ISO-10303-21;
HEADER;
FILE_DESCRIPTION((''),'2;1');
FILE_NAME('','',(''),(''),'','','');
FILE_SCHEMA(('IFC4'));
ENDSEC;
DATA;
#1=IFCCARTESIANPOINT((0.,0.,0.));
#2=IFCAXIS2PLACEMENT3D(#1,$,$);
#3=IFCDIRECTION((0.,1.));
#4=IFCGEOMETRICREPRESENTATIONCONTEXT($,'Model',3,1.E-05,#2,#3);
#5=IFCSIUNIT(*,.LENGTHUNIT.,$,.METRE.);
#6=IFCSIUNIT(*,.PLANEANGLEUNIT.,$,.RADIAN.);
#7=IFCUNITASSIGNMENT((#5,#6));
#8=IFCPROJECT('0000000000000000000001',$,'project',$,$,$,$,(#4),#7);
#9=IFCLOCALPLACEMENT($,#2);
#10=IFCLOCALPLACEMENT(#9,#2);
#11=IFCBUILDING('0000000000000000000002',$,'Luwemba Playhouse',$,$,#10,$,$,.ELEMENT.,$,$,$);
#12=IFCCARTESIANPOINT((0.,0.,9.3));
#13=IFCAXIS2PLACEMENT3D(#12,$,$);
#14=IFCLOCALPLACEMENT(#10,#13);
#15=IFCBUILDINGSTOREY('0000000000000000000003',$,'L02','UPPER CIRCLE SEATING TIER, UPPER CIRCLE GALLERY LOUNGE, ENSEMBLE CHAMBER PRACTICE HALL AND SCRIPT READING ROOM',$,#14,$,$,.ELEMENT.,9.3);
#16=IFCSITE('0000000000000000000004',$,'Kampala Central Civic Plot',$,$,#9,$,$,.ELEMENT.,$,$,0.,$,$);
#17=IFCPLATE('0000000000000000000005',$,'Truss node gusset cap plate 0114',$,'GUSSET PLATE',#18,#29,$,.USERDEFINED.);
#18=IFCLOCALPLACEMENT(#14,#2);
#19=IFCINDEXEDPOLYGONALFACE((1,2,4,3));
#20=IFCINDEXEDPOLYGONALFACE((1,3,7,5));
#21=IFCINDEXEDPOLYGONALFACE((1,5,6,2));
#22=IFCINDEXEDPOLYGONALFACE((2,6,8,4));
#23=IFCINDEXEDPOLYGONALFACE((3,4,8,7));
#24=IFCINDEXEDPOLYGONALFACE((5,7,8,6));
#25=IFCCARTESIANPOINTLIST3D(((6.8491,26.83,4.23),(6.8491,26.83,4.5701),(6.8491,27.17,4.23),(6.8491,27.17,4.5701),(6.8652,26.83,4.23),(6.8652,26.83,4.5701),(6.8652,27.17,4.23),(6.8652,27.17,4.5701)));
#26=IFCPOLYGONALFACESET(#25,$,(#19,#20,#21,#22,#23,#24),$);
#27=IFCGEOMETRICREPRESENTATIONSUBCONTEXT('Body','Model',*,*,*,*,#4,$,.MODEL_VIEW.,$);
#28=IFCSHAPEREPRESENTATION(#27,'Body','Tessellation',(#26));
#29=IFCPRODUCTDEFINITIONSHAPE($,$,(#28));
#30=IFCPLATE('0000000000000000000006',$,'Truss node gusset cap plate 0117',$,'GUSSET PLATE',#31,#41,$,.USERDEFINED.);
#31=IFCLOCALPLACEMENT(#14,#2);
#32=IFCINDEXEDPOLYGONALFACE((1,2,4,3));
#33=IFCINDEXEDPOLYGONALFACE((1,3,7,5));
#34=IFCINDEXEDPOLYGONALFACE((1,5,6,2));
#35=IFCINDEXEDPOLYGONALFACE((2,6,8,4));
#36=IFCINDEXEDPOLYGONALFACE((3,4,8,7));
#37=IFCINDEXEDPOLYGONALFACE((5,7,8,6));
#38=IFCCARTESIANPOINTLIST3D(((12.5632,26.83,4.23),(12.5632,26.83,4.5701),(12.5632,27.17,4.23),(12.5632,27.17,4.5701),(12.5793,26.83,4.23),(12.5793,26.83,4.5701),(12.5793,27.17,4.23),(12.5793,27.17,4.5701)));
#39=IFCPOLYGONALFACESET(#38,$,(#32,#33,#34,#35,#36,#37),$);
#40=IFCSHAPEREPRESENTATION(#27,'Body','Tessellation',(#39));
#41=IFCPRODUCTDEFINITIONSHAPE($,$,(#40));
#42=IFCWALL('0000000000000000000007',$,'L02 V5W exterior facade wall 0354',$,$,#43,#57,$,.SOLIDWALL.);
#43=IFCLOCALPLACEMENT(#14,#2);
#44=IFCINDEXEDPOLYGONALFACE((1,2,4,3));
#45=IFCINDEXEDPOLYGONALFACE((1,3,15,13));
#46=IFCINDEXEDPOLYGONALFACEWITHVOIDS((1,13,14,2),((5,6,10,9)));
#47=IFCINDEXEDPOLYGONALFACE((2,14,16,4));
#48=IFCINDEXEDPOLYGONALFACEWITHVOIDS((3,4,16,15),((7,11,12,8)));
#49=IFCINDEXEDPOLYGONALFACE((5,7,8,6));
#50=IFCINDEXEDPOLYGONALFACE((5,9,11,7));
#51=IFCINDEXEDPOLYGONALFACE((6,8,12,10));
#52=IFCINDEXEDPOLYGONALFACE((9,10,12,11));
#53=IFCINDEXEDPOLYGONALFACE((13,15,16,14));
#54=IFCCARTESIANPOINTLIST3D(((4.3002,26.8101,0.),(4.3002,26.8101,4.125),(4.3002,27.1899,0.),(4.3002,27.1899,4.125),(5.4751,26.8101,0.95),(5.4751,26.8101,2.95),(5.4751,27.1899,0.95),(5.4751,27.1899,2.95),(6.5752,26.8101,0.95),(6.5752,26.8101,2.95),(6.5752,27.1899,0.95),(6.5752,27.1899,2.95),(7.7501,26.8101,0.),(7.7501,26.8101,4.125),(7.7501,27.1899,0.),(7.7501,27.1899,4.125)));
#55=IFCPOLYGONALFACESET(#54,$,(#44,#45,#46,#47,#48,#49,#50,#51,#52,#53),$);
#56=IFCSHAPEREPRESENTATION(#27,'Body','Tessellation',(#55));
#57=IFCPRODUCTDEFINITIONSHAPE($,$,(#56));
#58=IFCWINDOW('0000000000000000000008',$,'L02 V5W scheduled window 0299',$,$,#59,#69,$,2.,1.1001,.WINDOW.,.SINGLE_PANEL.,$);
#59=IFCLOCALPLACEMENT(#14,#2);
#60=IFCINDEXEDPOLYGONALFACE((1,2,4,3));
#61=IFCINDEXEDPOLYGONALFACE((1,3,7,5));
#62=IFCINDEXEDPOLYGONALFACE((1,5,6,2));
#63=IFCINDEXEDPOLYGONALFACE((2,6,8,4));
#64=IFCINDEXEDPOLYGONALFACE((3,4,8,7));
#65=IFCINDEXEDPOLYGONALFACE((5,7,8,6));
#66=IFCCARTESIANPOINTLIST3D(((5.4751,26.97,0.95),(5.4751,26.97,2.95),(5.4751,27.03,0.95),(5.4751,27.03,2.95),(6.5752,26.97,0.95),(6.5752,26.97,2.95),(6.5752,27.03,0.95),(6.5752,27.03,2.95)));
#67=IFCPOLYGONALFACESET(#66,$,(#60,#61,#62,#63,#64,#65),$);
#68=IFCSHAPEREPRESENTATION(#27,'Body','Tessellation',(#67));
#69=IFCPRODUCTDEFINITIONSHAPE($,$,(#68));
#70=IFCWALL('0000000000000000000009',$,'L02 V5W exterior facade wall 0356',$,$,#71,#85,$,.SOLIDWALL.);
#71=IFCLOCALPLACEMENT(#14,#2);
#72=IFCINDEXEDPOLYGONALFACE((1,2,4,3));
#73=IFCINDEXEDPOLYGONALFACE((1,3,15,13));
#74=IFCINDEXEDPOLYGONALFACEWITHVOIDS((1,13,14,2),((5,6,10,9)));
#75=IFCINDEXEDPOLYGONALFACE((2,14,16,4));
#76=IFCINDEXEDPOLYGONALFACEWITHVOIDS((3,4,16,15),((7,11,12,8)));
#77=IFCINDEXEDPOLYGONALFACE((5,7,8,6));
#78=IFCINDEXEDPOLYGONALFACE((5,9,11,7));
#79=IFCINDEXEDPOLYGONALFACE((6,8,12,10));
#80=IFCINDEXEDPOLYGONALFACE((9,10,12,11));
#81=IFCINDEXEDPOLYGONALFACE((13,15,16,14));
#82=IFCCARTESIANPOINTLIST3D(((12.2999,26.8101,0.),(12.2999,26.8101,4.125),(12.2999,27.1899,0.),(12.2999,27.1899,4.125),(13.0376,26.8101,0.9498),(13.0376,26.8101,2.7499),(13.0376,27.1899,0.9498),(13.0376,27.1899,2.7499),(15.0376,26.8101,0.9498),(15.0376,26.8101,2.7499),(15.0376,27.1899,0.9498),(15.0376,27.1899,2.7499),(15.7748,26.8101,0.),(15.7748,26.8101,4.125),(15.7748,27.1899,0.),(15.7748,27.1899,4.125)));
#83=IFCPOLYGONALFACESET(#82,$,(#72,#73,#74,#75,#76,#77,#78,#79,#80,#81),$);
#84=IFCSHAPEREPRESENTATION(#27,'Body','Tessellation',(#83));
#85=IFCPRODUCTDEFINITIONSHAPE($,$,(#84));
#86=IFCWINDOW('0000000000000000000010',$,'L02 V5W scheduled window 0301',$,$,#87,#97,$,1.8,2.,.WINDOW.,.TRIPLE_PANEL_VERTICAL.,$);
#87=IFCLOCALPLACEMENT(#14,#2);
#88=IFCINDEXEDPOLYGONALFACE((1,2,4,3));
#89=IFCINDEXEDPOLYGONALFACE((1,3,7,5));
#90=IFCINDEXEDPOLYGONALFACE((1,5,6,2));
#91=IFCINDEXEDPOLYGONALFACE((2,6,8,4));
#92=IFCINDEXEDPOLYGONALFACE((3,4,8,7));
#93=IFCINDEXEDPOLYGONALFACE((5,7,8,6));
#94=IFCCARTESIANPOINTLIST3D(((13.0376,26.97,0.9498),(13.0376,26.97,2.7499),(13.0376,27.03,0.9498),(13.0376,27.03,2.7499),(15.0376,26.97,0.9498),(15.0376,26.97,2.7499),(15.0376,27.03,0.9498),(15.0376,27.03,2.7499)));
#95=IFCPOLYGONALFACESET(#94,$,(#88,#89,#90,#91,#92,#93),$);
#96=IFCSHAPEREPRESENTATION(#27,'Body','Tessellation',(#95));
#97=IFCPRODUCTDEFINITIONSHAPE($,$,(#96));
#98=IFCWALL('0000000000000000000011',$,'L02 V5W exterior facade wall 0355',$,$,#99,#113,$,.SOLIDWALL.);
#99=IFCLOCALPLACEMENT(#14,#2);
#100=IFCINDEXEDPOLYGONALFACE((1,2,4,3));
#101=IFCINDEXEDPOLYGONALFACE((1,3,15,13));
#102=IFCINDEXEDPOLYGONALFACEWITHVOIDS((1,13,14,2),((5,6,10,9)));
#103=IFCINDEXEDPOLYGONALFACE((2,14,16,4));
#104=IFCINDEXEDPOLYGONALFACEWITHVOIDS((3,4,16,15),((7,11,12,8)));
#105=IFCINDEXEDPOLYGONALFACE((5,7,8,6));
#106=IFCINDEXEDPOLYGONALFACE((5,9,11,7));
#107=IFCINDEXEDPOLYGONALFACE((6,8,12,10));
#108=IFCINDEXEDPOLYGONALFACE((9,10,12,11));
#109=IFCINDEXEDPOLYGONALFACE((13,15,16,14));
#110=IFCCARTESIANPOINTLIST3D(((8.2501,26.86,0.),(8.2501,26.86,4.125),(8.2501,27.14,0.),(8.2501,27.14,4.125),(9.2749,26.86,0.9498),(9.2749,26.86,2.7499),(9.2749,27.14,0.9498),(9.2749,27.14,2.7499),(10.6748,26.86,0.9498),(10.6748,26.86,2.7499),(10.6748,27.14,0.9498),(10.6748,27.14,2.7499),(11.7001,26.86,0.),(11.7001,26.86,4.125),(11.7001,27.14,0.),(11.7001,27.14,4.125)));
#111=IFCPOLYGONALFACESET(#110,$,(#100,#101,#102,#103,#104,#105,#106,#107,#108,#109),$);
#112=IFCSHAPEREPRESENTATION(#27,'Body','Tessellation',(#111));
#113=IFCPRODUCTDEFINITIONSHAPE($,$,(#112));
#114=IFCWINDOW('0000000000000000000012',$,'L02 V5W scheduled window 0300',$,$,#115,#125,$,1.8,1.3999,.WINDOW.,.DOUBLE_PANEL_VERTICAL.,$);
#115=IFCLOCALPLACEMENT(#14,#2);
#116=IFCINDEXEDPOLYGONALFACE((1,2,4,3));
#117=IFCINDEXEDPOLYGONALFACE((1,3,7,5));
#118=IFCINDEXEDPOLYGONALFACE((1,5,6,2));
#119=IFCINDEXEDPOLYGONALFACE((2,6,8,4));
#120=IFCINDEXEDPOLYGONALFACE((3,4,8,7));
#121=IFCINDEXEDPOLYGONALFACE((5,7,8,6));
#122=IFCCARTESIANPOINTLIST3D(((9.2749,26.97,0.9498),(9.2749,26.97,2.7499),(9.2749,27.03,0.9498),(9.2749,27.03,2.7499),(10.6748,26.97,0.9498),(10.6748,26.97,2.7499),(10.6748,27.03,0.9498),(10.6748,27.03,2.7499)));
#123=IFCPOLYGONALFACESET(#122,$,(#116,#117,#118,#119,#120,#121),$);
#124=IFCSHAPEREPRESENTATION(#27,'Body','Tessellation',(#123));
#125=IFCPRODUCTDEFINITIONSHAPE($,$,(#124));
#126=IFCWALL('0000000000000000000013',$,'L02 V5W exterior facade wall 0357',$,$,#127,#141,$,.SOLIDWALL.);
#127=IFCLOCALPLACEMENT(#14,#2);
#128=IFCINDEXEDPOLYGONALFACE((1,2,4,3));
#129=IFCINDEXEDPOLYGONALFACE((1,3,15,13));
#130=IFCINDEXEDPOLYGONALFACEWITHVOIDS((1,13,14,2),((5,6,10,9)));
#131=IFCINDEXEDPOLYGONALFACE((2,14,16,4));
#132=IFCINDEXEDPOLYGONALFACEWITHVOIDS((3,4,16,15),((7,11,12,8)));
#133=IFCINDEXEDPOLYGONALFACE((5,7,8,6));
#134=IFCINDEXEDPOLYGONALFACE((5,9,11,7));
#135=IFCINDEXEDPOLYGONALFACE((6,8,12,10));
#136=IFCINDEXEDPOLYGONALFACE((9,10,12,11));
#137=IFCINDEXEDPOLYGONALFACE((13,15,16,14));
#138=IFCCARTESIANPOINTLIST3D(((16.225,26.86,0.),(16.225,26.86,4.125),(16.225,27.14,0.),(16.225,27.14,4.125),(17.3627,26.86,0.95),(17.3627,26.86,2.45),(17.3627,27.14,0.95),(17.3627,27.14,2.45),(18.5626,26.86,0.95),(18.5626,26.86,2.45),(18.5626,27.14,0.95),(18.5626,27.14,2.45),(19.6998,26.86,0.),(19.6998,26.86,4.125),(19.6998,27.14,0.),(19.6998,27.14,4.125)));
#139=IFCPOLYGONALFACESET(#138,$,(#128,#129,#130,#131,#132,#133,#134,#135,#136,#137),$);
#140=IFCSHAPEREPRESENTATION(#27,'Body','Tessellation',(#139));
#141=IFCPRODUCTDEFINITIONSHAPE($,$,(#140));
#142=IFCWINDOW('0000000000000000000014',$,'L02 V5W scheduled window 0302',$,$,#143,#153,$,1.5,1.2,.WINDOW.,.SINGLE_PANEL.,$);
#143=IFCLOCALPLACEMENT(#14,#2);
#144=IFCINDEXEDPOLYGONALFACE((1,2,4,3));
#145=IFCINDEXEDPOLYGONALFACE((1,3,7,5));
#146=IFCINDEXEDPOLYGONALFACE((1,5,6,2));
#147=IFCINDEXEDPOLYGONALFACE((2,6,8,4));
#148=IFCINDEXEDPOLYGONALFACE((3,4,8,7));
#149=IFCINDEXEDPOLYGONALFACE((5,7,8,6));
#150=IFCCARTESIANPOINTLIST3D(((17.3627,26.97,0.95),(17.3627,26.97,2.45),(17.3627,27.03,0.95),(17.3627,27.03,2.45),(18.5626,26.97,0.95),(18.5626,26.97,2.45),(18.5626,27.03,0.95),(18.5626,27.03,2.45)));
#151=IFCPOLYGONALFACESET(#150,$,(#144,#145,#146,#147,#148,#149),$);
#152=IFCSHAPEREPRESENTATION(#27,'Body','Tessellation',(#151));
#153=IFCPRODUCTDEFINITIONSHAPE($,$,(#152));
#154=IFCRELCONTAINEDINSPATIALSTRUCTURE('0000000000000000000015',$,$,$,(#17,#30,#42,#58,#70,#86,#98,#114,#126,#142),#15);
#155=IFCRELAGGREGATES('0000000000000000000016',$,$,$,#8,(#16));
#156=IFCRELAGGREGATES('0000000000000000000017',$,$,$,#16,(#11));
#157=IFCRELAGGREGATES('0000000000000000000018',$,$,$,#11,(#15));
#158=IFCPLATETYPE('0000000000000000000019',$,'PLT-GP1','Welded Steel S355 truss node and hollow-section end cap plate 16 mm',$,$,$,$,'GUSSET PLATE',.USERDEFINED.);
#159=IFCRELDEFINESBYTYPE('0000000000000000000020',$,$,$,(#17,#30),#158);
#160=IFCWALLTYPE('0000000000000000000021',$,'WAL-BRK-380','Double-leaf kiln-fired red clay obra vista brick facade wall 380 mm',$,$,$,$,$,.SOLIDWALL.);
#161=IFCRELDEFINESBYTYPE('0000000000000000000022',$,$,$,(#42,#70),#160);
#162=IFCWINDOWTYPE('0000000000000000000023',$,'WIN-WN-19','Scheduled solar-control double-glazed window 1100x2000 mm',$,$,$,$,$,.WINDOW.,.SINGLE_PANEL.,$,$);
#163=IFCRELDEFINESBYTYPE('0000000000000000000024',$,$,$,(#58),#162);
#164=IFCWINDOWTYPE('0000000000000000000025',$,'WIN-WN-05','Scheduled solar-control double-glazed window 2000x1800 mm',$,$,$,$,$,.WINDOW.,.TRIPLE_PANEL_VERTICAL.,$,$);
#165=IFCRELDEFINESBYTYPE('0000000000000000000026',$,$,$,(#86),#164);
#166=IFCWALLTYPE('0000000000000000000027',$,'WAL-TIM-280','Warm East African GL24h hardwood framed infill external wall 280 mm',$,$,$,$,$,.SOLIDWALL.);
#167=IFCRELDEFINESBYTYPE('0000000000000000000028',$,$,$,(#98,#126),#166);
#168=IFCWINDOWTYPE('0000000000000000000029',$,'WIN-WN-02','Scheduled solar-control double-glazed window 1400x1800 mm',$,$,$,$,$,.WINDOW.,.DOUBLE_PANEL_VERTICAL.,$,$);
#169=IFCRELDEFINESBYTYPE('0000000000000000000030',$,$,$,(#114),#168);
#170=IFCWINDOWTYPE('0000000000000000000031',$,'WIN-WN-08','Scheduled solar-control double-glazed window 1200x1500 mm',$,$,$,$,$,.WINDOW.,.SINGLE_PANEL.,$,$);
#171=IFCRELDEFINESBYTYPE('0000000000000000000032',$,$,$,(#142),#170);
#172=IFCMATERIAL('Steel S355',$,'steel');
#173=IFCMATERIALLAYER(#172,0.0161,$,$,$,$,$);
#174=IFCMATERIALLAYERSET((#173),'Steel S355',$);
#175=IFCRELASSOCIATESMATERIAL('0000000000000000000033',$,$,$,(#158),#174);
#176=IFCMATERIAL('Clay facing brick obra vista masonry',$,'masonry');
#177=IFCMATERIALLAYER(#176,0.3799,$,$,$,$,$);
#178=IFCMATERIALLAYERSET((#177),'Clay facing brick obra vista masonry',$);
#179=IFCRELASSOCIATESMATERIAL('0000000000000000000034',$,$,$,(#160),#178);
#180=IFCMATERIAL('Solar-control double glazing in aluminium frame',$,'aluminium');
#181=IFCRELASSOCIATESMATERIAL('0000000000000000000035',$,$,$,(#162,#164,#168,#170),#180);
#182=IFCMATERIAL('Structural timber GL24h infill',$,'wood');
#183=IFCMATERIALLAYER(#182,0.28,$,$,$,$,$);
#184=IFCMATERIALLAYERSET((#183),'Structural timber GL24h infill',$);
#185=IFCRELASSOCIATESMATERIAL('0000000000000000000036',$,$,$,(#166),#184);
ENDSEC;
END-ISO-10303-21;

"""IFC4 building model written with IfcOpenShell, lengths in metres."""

from ifc_helpers import new_model, si_unit, direction, frame, frame_2d, origin, origin_2d, place, context, subcontext, project, spatial, rectangle, extrude, material, layer, layer_set, type_object, element, fill, save


model = new_model("IFC4")

# Units and contexts
model_context = context("Model", 3, precision=1e-05, world=origin(), true_north=direction((0.0, 1.0)))
body_context = subcontext(model_context, "Body", "Model", "MODEL_VIEW")
ifc_project = project(units=[si_unit("LENGTHUNIT", "METRE"), si_unit("PLANEANGLEUNIT", "RADIAN")], contexts=[model_context])

# Site, building, storey
site_placement = place(None, origin())
site = spatial("IfcSite", under=ifc_project, at=site_placement, Name="Kampala Central Civic Plot", CompositionType="ELEMENT", RefElevation=0.0)
building_placement = place(site_placement, origin())
building = spatial("IfcBuilding", under=site, at=building_placement, Name="Luwemba Playhouse", CompositionType="ELEMENT")
storey_placement = place(building_placement, frame((0.0, 0.0, 9.3)))
storey = spatial("IfcBuildingStorey", under=building, at=storey_placement, Name="L02", Description="UPPER CIRCLE SEATING TIER, UPPER CIRCLE GALLERY LOUNGE, ENSEMBLE CHAMBER PRACTICE HALL AND SCRIPT READING ROOM", CompositionType="ELEMENT", Elevation=9.3)

# Shared definitions
ifc_material_1 = material(Name="Steel S355", Category="steel")

# Plates
ifc_layer_1 = layer(ifc_material_1, 0.0161)
ifc_layer_set_1 = layer_set([ifc_layer_1], Name="Steel S355")
plate_type = type_object("IfcPlateType", Name="PLT-GP1", Description="Welded Steel S355 truss node and hollow-section end cap plate 16 mm", ElementType="GUSSET PLATE", PredefinedType="USERDEFINED", material=ifc_layer_set_1)
for number, where, z_axis, x_axis, name in (
    (1, (6.8572, 27.0, 4.23), (0.0, 0.0, 1.0), (1.0, 0.0, 0.0), "Truss node gusset cap plate 0114"),
    (2, (12.5713, 27.0, 4.23), (0.0, 0.0, 1.0), (1.0, 0.0, 0.0), "Truss node gusset cap plate 0117"),
):
    element("IfcPlate", number, at=place(storey_placement, frame(where, z_axis=z_axis, x_axis=x_axis)), inside=storey, type_object=plate_type, Name=name, ObjectType="GUSSET PLATE", PredefinedType="USERDEFINED", context=body_context, shape_type="SweptSolid", body=[
        extrude(rectangle(XDim=0.0161, YDim=0.3401, at=origin_2d()), origin(), (0.0, 0.0, 1.0), 0.3401),
    ])

# Walls, openings, windows
ifc_material_2 = material(Name="Clay facing brick obra vista masonry", Category="masonry")
ifc_layer_2 = layer(ifc_material_2, 0.3799)
ifc_layer_set_2 = layer_set([ifc_layer_2], Name="Clay facing brick obra vista masonry")
wall_type_1 = type_object("IfcWallType", Name="WAL-BRK-380", Description="Double-leaf kiln-fired red clay obra vista brick facade wall 380 mm", PredefinedType="SOLIDWALL", material=ifc_layer_set_2)
wall_1_placement = place(storey_placement, frame((4.3, 27.0, 0.0), z_axis=(0.0, 0.0, 1.0), x_axis=(1.0, 0.0, 0.0)))
wall_1 = element("IfcWall", 3, at=wall_1_placement, inside=storey, type_object=wall_type_1, Name="L02 V5W exterior facade wall 0354", PredefinedType="SOLIDWALL", context=body_context, shape_type="SweptSolid", body=[
    extrude(rectangle(XDim=3.45, YDim=0.3799, at=frame_2d((1.7251, 0.0))), origin(), (0.0, 0.0, 1.0), 4.125),
])
opening_1_placement = place(wall_1_placement, frame((1.175, 0.0, 0.95)))
opening_1 = element("IfcOpeningElement", 4, at=opening_1_placement, cuts=wall_1, PredefinedType="OPENING", context=body_context, shape_type="SweptSolid", body=[
    extrude(rectangle(XDim=1.1001, YDim=2.0, at=frame_2d((0.55, 1.0))), frame((0.0, 0.2, 0.0), z_axis=(0.0, -1.0, 0.0), x_axis=(1.0, 0.0, 0.0)), (0.0, 0.0, 1.0), 0.3999),
])
ifc_material_3 = material(Name="Solar-control double glazing in aluminium frame", Category="aluminium")
window_type_1 = type_object("IfcWindowType", Name="WIN-WN-19", Description="Scheduled solar-control double-glazed window 1100x2000 mm", PartitioningType="SINGLE_PANEL", PredefinedType="WINDOW", material=ifc_material_3)
window_1_placement = place(opening_1_placement, origin())
window_1 = element("IfcWindow", 5, at=window_1_placement, inside=storey, type_object=window_type_1, Name="L02 V5W scheduled window 0299", OverallHeight=2.0, OverallWidth=1.1001, PartitioningType="SINGLE_PANEL", PredefinedType="WINDOW", context=body_context, shape_type="SweptSolid", body=[
    extrude(rectangle(XDim=1.1001, YDim=2.0, at=frame_2d((0.55, 1.0))), frame((0.0, 0.03, 0.0), z_axis=(0.0, -1.0, 0.0), x_axis=(1.0, 0.0, 0.0)), (0.0, 0.0, 1.0), 0.0601),
])
fill(opening_1, window_1)
wall_2_placement = place(storey_placement, frame((12.3, 27.0, 0.0), z_axis=(0.0, 0.0, 1.0), x_axis=(1.0, 0.0, 0.0)))
wall_2 = element("IfcWall", 6, at=wall_2_placement, inside=storey, type_object=wall_type_1, Name="L02 V5W exterior facade wall 0356", PredefinedType="SOLIDWALL", context=body_context, shape_type="SweptSolid", body=[
    extrude(rectangle(XDim=3.4749, YDim=0.3799, at=frame_2d((1.7373, 0.0))), origin(), (0.0, 0.0, 1.0), 4.125),
])
opening_2_placement = place(wall_2_placement, frame((0.7375, 0.0, 0.95)))
opening_2 = element("IfcOpeningElement", 7, at=opening_2_placement, cuts=wall_2, PredefinedType="OPENING", context=body_context, shape_type="SweptSolid", body=[
    extrude(rectangle(XDim=2.0, YDim=1.8, at=frame_2d((1.0, 0.8999))), frame((0.0, 0.2, 0.0), z_axis=(0.0, -1.0, 0.0), x_axis=(1.0, 0.0, 0.0)), (0.0, 0.0, 1.0), 0.3999),
])
window_type_2 = type_object("IfcWindowType", Name="WIN-WN-05", Description="Scheduled solar-control double-glazed window 2000x1800 mm", PartitioningType="TRIPLE_PANEL_VERTICAL", PredefinedType="WINDOW", material=ifc_material_3)
window_2_placement = place(opening_2_placement, origin())
window_2 = element("IfcWindow", 8, at=window_2_placement, inside=storey, type_object=window_type_2, Name="L02 V5W scheduled window 0301", OverallHeight=1.8, OverallWidth=2.0, PartitioningType="TRIPLE_PANEL_VERTICAL", PredefinedType="WINDOW", context=body_context, shape_type="SweptSolid", body=[
    extrude(rectangle(XDim=2.0, YDim=1.8, at=frame_2d((1.0, 0.8999))), frame((0.0, 0.03, 0.0), z_axis=(0.0, -1.0, 0.0), x_axis=(1.0, 0.0, 0.0)), (0.0, 0.0, 1.0), 0.0601),
])
fill(opening_2, window_2)
ifc_material_4 = material(Name="Structural timber GL24h infill", Category="wood")
ifc_layer_3 = layer(ifc_material_4, 0.28)
ifc_layer_set_3 = layer_set([ifc_layer_3], Name="Structural timber GL24h infill")
wall_type_2 = type_object("IfcWallType", Name="WAL-TIM-280", Description="Warm East African GL24h hardwood framed infill external wall 280 mm", PredefinedType="SOLIDWALL", material=ifc_layer_set_3)
wall_3_placement = place(storey_placement, frame((8.25, 27.0, 0.0), z_axis=(0.0, 0.0, 1.0), x_axis=(1.0, 0.0, 0.0)))
wall_3 = element("IfcWall", 9, at=wall_3_placement, inside=storey, type_object=wall_type_2, Name="L02 V5W exterior facade wall 0355", PredefinedType="SOLIDWALL", context=body_context, shape_type="SweptSolid", body=[
    extrude(rectangle(XDim=3.45, YDim=0.28, at=frame_2d((1.7251, 0.0))), origin(), (0.0, 0.0, 1.0), 4.125),
])
opening_3_placement = place(wall_3_placement, frame((1.0249, 0.0, 0.95)))
opening_3 = element("IfcOpeningElement", 10, at=opening_3_placement, cuts=wall_3, PredefinedType="OPENING", context=body_context, shape_type="SweptSolid", body=[
    extrude(rectangle(XDim=1.3999, YDim=1.8, at=frame_2d((0.7, 0.8999))), frame((0.0, 0.1499, 0.0), z_axis=(0.0, -1.0, 0.0), x_axis=(1.0, 0.0, 0.0)), (0.0, 0.0, 1.0), 0.3),
])
window_type_3 = type_object("IfcWindowType", Name="WIN-WN-02", Description="Scheduled solar-control double-glazed window 1400x1800 mm", PartitioningType="DOUBLE_PANEL_VERTICAL", PredefinedType="WINDOW", material=ifc_material_3)
window_3_placement = place(opening_3_placement, origin())
window_3 = element("IfcWindow", 11, at=window_3_placement, inside=storey, type_object=window_type_3, Name="L02 V5W scheduled window 0300", OverallHeight=1.8, OverallWidth=1.3999, PartitioningType="DOUBLE_PANEL_VERTICAL", PredefinedType="WINDOW", context=body_context, shape_type="SweptSolid", body=[
    extrude(rectangle(XDim=1.3999, YDim=1.8, at=frame_2d((0.7, 0.8999))), frame((0.0, 0.03, 0.0), z_axis=(0.0, -1.0, 0.0), x_axis=(1.0, 0.0, 0.0)), (0.0, 0.0, 1.0), 0.0601),
])
fill(opening_3, window_3)
wall_4_placement = place(storey_placement, frame((16.2251, 27.0, 0.0), z_axis=(0.0, 0.0, 1.0), x_axis=(1.0, 0.0, 0.0)))
wall_4 = element("IfcWall", 12, at=wall_4_placement, inside=storey, type_object=wall_type_2, Name="L02 V5W exterior facade wall 0357", PredefinedType="SOLIDWALL", context=body_context, shape_type="SweptSolid", body=[
    extrude(rectangle(XDim=3.4749, YDim=0.28, at=frame_2d((1.7373, 0.0))), origin(), (0.0, 0.0, 1.0), 4.125),
])
opening_4_placement = place(wall_4_placement, frame((1.1375, 0.0, 0.95)))
opening_4 = element("IfcOpeningElement", 13, at=opening_4_placement, cuts=wall_4, PredefinedType="OPENING", context=body_context, shape_type="SweptSolid", body=[
    extrude(rectangle(XDim=1.2, YDim=1.5, at=frame_2d((0.6001, 0.75))), frame((0.0, 0.1499, 0.0), z_axis=(0.0, -1.0, 0.0), x_axis=(1.0, 0.0, 0.0)), (0.0, 0.0, 1.0), 0.3),
])
window_type_4 = type_object("IfcWindowType", Name="WIN-WN-08", Description="Scheduled solar-control double-glazed window 1200x1500 mm", PartitioningType="SINGLE_PANEL", PredefinedType="WINDOW", material=ifc_material_3)
window_4_placement = place(opening_4_placement, origin())
window_4 = element("IfcWindow", 14, at=window_4_placement, inside=storey, type_object=window_type_4, Name="L02 V5W scheduled window 0302", OverallHeight=1.5, OverallWidth=1.2, PartitioningType="SINGLE_PANEL", PredefinedType="WINDOW", context=body_context, shape_type="SweptSolid", body=[
    extrude(rectangle(XDim=1.2, YDim=1.5, at=frame_2d((0.6001, 0.75))), frame((0.0, 0.03, 0.0), z_axis=(0.0, -1.0, 0.0), x_axis=(1.0, 0.0, 0.0)), (0.0, 0.0, 1.0), 0.0601),
])
fill(opening_4, window_4)

save(model, "model.ifc")
